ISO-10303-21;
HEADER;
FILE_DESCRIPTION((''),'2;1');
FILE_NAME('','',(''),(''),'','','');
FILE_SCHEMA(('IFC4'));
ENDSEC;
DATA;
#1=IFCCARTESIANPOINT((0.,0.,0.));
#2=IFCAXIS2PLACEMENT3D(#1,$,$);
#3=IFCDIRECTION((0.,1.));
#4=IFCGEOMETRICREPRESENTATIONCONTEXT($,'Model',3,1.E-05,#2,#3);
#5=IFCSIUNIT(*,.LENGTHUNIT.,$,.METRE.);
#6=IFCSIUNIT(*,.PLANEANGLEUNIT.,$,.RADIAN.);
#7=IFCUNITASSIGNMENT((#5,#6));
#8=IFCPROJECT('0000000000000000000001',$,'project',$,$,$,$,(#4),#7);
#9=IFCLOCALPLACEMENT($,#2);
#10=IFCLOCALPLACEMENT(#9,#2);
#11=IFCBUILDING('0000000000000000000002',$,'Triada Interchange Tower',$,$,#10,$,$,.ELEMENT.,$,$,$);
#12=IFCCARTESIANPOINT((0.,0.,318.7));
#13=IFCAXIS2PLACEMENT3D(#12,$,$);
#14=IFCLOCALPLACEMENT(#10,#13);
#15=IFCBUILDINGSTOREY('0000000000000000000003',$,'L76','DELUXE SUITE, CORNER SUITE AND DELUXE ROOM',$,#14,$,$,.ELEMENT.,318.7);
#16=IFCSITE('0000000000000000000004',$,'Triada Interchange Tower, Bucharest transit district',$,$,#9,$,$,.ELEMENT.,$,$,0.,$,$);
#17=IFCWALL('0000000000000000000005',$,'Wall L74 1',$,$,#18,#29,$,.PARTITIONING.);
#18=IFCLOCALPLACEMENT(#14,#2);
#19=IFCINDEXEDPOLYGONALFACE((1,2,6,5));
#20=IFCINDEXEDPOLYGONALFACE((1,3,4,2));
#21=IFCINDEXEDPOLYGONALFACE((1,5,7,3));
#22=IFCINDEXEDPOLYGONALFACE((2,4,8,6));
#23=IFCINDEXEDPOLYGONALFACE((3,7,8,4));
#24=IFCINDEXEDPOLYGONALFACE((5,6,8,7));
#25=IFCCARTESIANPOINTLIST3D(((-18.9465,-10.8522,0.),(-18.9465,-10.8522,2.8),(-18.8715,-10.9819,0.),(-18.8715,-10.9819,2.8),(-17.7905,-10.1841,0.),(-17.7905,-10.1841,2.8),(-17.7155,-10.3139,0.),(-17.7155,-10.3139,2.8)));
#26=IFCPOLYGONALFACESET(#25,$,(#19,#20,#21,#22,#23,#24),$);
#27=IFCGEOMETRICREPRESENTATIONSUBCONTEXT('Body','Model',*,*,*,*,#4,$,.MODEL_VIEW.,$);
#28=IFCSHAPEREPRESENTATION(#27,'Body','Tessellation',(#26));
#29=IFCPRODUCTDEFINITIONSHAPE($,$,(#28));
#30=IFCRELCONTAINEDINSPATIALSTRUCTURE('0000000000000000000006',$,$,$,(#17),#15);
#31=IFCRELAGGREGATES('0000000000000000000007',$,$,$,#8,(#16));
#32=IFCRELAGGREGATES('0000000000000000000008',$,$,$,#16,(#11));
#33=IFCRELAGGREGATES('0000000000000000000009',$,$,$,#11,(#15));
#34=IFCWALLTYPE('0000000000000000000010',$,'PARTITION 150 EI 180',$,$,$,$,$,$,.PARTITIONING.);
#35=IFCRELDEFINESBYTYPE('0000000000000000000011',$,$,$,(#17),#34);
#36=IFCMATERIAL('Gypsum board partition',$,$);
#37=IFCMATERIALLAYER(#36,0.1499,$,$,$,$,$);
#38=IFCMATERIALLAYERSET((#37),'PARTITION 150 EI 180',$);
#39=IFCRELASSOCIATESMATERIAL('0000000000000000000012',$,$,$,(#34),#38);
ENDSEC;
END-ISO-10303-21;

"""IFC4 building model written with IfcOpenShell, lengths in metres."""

from ifc_helpers import new_model, si_unit, direction, frame, frame_2d, origin, place, context, subcontext, project, spatial, rectangle, extrude, material, layer, layer_set, type_object, element, save


model = new_model("IFC4")

# Units and contexts
model_context = context("Model", 3, precision=1e-05, world=origin(), true_north=direction((0.0, 1.0)))
body_context = subcontext(model_context, "Body", "Model", "MODEL_VIEW")
ifc_project = project(units=[si_unit("LENGTHUNIT", "METRE"), si_unit("PLANEANGLEUNIT", "RADIAN")], contexts=[model_context])

# Site, building, storey
site_placement = place(None, origin())
site = spatial("IfcSite", under=ifc_project, at=site_placement, Name="Triada Interchange Tower, Bucharest transit district", CompositionType="ELEMENT", RefElevation=0.0)
building_placement = place(site_placement, origin())
building = spatial("IfcBuilding", under=site, at=building_placement, Name="Triada Interchange Tower", CompositionType="ELEMENT")
storey_placement = place(building_placement, frame((0.0, 0.0, 318.7)))
storey = spatial("IfcBuildingStorey", under=building, at=storey_placement, Name="L76", Description="DELUXE SUITE, CORNER SUITE AND DELUXE ROOM", CompositionType="ELEMENT", Elevation=318.7)

# Wall
ifc_material_1 = material(Name="Gypsum board partition")
ifc_layer_1 = layer(ifc_material_1, 0.1499)
ifc_layer_set_1 = layer_set([ifc_layer_1], Name="PARTITION 150 EI 180")
wall_type_1 = type_object("IfcWallType", Name="PARTITION 150 EI 180", PredefinedType="PARTITIONING", material=ifc_layer_set_1)
wall_1_placement = place(storey_placement, frame((-18.9089, -10.917, 0.0), z_axis=(0.0, 0.0, 1.0), x_axis=(0.865847, 0.500308, 0.0)))
element("IfcWall", 1, at=wall_1_placement, inside=storey, type_object=wall_type_1, Name="Wall L74 1", PredefinedType="PARTITIONING", context=body_context, shape_type="SweptSolid", body=[
    extrude(rectangle(XDim=1.3352, YDim=0.1499, at=frame_2d((0.6675, 0.0))), origin(), (0.0, 0.0, 1.0), 2.8),
])

save(model, "model.ifc")
